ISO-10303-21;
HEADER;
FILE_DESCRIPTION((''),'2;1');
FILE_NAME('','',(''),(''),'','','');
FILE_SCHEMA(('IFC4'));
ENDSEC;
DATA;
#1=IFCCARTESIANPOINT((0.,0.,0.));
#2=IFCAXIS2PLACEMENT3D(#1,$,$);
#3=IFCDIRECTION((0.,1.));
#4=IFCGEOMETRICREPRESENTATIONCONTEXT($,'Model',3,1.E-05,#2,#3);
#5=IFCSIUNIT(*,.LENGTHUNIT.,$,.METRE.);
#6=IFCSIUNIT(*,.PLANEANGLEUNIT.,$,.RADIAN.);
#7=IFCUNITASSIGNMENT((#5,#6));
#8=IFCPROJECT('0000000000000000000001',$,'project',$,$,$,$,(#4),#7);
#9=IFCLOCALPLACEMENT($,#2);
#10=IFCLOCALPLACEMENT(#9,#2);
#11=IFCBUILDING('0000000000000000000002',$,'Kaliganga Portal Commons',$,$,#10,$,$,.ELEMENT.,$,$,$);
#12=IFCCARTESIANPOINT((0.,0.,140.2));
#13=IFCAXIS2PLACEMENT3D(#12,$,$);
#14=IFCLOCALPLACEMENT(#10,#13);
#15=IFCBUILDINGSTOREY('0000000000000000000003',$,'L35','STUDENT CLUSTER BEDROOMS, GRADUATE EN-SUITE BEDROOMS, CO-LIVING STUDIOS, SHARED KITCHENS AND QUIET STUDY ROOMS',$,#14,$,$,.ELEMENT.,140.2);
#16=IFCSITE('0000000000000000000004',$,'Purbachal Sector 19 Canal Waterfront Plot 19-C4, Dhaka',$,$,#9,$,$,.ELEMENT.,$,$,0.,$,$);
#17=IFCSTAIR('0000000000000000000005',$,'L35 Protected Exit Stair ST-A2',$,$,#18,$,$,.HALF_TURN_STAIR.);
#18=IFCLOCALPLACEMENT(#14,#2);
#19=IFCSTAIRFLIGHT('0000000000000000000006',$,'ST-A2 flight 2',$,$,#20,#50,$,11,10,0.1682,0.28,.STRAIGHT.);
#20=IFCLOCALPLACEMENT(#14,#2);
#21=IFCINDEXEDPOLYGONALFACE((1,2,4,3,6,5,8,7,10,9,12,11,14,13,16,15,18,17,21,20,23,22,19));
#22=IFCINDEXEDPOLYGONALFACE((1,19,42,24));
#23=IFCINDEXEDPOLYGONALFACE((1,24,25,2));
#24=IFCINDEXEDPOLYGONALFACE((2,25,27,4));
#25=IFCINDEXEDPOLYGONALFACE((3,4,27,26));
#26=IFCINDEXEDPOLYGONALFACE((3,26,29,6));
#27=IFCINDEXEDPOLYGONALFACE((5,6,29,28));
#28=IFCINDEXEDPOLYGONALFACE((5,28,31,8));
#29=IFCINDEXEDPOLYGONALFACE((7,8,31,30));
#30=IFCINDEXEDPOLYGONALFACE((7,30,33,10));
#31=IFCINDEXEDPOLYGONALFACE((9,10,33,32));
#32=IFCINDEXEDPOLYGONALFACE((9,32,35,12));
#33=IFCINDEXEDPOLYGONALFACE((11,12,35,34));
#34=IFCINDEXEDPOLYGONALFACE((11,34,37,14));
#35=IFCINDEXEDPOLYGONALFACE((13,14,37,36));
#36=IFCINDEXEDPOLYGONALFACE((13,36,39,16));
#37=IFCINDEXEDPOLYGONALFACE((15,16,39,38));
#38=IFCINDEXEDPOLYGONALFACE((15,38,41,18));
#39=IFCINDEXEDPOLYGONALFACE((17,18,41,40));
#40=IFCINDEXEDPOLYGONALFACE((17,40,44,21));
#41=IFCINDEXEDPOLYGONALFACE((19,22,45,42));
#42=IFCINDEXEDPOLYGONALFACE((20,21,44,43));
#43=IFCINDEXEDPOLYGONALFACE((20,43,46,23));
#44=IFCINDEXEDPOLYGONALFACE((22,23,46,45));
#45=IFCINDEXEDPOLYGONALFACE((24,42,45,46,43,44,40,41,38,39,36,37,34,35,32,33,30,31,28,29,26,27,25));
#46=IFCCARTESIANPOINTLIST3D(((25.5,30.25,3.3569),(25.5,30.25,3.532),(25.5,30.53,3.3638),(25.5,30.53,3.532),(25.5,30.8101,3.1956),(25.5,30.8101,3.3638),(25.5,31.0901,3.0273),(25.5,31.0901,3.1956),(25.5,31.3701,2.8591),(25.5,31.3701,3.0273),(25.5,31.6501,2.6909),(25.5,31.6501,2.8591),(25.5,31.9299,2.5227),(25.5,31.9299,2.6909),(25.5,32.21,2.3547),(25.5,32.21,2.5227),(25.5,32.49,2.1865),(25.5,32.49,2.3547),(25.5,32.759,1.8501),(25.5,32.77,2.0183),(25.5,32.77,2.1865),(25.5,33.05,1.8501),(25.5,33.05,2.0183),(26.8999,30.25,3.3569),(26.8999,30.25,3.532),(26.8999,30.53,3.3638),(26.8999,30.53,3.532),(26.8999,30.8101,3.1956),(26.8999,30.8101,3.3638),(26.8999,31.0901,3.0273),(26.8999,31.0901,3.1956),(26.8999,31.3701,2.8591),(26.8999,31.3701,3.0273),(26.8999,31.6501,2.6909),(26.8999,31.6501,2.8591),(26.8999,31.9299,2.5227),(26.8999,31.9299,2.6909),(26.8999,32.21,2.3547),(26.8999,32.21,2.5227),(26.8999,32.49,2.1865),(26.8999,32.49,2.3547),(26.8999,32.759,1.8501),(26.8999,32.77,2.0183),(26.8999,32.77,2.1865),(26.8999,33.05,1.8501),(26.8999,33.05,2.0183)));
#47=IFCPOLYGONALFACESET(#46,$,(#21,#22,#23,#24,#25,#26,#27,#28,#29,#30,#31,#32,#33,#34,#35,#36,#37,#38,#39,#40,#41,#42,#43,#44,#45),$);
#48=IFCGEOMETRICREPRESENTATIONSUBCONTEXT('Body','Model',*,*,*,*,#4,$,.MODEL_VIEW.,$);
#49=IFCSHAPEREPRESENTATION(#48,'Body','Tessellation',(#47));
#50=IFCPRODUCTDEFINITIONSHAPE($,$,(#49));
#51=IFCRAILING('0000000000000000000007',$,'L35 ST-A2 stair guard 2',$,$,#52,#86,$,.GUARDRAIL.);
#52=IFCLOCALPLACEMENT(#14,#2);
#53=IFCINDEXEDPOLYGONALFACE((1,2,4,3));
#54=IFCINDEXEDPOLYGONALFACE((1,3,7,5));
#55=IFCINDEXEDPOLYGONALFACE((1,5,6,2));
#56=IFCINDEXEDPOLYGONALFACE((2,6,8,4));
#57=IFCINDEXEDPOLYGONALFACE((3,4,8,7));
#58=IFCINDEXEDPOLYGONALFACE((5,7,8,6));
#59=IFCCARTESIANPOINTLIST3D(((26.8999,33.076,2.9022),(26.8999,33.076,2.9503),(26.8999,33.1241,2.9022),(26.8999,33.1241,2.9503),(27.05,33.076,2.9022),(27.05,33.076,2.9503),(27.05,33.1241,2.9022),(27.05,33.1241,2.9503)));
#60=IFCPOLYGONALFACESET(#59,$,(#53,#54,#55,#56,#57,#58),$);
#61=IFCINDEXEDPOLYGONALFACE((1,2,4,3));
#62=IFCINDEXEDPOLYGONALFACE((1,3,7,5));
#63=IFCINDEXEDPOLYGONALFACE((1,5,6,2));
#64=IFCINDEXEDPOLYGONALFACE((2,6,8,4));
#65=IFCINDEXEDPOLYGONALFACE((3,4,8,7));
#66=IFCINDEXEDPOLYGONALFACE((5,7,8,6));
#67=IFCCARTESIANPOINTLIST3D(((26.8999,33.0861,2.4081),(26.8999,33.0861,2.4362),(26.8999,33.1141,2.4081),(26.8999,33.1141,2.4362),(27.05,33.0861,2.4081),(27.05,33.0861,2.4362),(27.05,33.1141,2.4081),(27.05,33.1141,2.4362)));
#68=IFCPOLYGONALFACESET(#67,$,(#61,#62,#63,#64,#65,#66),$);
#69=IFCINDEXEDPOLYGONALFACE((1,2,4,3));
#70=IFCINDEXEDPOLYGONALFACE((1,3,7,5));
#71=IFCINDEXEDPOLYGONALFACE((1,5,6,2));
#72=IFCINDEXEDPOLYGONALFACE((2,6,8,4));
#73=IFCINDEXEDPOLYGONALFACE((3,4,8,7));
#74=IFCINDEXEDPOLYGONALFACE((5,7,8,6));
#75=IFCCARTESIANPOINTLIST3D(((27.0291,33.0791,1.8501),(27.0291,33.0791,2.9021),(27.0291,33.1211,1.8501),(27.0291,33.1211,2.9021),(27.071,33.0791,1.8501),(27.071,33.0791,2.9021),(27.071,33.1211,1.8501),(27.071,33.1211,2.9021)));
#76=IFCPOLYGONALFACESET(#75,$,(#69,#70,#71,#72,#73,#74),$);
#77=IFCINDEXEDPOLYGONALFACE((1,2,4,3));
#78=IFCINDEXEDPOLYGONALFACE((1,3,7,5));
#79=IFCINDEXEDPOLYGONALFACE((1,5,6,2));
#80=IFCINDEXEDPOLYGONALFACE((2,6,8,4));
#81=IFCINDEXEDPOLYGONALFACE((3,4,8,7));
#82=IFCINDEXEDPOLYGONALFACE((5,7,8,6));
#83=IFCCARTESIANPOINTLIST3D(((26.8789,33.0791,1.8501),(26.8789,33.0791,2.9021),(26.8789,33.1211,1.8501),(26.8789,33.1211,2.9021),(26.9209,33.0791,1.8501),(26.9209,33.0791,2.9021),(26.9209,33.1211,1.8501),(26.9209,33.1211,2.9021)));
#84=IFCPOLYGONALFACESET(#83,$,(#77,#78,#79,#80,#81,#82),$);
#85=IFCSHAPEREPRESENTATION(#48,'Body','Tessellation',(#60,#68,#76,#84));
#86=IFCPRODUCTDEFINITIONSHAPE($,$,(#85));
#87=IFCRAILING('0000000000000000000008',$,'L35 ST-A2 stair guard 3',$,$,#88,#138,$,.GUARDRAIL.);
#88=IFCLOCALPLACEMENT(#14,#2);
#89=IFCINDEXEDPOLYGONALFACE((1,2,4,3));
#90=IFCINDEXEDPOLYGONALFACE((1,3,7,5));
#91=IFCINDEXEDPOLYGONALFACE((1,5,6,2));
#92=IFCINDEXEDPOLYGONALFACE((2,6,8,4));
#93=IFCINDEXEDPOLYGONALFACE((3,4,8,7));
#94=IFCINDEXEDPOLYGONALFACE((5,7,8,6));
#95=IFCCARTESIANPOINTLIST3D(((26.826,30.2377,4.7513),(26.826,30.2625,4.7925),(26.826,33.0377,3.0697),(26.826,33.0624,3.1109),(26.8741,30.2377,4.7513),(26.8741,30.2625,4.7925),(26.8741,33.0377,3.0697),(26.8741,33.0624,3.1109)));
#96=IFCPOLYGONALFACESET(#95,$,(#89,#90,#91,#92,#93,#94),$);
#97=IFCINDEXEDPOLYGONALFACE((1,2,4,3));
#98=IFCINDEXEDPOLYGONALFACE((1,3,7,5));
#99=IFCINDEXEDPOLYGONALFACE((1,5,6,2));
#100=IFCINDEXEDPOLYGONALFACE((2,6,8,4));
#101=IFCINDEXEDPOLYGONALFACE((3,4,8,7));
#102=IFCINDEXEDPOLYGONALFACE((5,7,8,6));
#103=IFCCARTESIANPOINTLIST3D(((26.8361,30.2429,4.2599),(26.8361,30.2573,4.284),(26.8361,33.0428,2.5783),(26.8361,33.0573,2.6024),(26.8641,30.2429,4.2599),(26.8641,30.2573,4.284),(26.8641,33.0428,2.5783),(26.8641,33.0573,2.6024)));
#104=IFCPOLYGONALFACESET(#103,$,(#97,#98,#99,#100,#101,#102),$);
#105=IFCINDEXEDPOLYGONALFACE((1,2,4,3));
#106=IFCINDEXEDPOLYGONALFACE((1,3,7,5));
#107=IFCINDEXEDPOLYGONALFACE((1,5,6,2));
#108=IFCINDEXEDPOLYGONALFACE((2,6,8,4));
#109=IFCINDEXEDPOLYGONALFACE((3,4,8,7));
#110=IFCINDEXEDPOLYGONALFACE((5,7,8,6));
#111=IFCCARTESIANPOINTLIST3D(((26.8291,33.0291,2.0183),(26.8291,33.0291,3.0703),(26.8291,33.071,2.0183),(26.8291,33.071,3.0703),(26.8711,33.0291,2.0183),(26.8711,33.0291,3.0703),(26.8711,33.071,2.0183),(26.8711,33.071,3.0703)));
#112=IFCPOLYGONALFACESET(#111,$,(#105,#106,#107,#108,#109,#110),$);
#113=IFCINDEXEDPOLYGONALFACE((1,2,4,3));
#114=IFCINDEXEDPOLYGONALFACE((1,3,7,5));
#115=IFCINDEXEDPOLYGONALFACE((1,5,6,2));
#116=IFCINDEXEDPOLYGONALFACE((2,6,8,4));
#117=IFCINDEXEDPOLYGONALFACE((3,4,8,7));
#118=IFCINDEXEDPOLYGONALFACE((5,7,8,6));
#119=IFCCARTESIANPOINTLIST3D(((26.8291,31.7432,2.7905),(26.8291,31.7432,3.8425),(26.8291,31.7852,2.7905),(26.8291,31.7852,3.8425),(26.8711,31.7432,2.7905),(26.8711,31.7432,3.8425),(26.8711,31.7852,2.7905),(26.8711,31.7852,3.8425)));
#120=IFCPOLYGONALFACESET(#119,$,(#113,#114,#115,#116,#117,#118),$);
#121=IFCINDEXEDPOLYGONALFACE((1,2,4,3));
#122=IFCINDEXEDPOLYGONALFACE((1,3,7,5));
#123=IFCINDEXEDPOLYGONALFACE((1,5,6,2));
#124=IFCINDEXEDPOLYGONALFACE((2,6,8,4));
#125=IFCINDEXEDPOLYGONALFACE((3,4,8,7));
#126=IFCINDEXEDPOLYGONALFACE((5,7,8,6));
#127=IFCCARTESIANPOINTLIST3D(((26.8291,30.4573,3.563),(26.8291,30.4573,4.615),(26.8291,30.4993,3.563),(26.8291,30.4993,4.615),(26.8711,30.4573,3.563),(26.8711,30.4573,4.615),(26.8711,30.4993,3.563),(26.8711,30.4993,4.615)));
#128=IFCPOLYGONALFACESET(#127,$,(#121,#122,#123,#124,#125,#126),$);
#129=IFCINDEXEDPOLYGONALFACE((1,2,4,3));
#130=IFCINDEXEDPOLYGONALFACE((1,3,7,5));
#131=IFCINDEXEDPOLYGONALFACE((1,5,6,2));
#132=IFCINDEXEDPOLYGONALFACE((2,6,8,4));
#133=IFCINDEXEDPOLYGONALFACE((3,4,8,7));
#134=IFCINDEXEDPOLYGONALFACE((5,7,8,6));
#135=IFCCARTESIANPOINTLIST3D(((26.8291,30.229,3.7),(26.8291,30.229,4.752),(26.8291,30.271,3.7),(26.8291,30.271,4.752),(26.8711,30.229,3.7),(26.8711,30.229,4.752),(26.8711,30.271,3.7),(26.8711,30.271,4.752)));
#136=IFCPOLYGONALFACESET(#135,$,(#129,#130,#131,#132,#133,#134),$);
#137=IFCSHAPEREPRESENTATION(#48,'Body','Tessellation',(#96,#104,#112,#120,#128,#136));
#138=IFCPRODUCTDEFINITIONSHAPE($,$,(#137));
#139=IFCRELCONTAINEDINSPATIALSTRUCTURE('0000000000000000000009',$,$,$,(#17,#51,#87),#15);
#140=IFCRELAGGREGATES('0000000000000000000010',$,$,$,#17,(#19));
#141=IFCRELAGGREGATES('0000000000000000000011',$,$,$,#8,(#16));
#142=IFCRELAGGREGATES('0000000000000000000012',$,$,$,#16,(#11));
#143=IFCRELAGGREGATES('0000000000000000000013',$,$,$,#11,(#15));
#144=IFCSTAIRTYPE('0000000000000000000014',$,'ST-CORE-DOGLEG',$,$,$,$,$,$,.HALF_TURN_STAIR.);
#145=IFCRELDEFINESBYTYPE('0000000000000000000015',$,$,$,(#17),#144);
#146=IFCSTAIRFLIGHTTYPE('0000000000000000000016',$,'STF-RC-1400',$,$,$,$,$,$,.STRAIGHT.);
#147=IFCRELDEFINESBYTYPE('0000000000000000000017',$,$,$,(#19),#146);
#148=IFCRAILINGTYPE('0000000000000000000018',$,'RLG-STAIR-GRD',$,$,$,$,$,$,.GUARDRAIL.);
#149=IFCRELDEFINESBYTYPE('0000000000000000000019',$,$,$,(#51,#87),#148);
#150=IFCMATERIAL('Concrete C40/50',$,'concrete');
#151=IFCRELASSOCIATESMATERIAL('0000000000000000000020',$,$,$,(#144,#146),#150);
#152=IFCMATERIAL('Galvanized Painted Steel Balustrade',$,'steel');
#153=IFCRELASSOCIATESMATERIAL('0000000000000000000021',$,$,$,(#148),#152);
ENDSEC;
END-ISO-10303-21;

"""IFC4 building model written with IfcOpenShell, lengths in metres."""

from ifc_helpers import new_model, si_unit, direction, frame, origin, origin_2d, place, context, subcontext, project, spatial, polyline, rectangle, outline, extrude, material, type_object, element, aggregate, save


model = new_model("IFC4")

# Units and contexts
model_context = context("Model", 3, precision=1e-05, world=origin(), true_north=direction((0.0, 1.0)))
body_context = subcontext(model_context, "Body", "Model", "MODEL_VIEW")
ifc_project = project(units=[si_unit("LENGTHUNIT", "METRE"), si_unit("PLANEANGLEUNIT", "RADIAN")], contexts=[model_context])

# Site, building, storey
site_placement = place(None, origin())
site = spatial("IfcSite", under=ifc_project, at=site_placement, Name="Purbachal Sector 19 Canal Waterfront Plot 19-C4, Dhaka", CompositionType="ELEMENT", RefElevation=0.0)
building_placement = place(site_placement, origin())
building = spatial("IfcBuilding", under=site, at=building_placement, Name="Kaliganga Portal Commons", CompositionType="ELEMENT")
storey_placement = place(building_placement, frame((0.0, 0.0, 140.2)))
storey = spatial("IfcBuildingStorey", under=building, at=storey_placement, Name="L35", Description="STUDENT CLUSTER BEDROOMS, GRADUATE EN-SUITE BEDROOMS, CO-LIVING STUDIOS, SHARED KITCHENS AND QUIET STUDY ROOMS", CompositionType="ELEMENT", Elevation=140.2)

# Stair, stair flight
ifc_material_1 = material(Name="Concrete C40/50", Category="concrete")
stair_type = type_object("IfcStairType", Name="ST-CORE-DOGLEG", PredefinedType="HALF_TURN_STAIR", material=ifc_material_1)
stair_placement = place(storey_placement, origin())
stair = element("IfcStair", 1, at=stair_placement, inside=storey, type_object=stair_type, Name="L35 Protected Exit Stair ST-A2", PredefinedType="HALF_TURN_STAIR")
stair_flight_type = type_object("IfcStairFlightType", Name="STF-RC-1400", PredefinedType="STRAIGHT", material=ifc_material_1)
stair_flight_placement = place(storey_placement, frame((26.2, 33.05, 1.8501), z_axis=(0.0, 0.0, 1.0), x_axis=(0.0, -1.0, 0.0)))
stair_flight = element("IfcStairFlight", 2, at=stair_flight_placement, type_object=stair_flight_type, Name="ST-A2 flight 2", NumberOfRisers=11, NumberOfTreads=10, PredefinedType="STRAIGHT", RiserHeight=0.1682, TreadLength=0.28, context=body_context, shape_type="SweptSolid", body=[
    extrude(outline(polyline([(0.0, 0.0), (0.0, 0.1682), (0.28, 0.1682), (0.28, 0.3364), (0.5601, 0.3364), (0.5601, 0.5046), (0.8401, 0.5046), (0.8401, 0.6726), (1.1201, 0.6726), (1.1201, 0.8408), (1.3999, 0.8408), (1.3999, 1.009), (1.6799, 1.009), (1.6799, 1.1772), (1.96, 1.1772), (1.96, 1.3455), (2.24, 1.3455), (2.24, 1.5137), (2.52, 1.5137), (2.52, 1.6819), (2.8, 1.6819), (2.8, 1.8501), (2.8, 1.5068), (0.291, 0.0), (0.0, 0.0)])), frame((0.0, 0.7, 0.0), z_axis=(0.0, -1.0, 0.0), x_axis=(1.0, 0.0, 0.0)), (0.0, 0.0, 1.0), 1.3999),
])
aggregate(stair, [stair_flight])

# Railings
ifc_material_2 = material(Name="Galvanized Painted Steel Balustrade", Category="steel")
railing_type = type_object("IfcRailingType", Name="RLG-STAIR-GRD", PredefinedType="GUARDRAIL", material=ifc_material_2)
railing_1_placement = place(storey_placement, frame((27.05, 33.1001, 1.8501)))
element("IfcRailing", 3, at=railing_1_placement, inside=storey, type_object=railing_type, Name="L35 ST-A2 stair guard 2", PredefinedType="GUARDRAIL", context=body_context, shape_type="SweptSolid", body=[
    extrude(rectangle(XDim=0.0481, YDim=0.0481, at=origin_2d()), frame((0.0, 0.0, 1.0762), z_axis=(-1.0, 0.0, 0.0), x_axis=(0.0, -1.0, 0.0)), (0.0, 0.0, 1.0), 0.1501),
    extrude(rectangle(XDim=0.0281, YDim=0.0281, at=origin_2d()), frame((0.0, 0.0, 0.572), z_axis=(-1.0, 0.0, 0.0), x_axis=(0.0, -1.0, 0.0)), (0.0, 0.0, 1.0), 0.1501),
    extrude(rectangle(XDim=0.042, YDim=0.042, at=origin_2d()), origin(), (0.0, 0.0, 1.0), 1.052),
    extrude(rectangle(XDim=0.042, YDim=0.042, at=origin_2d()), frame((-0.1501, 0.0, 0.0)), (0.0, 0.0, 1.0), 1.052),
])
railing_2_placement = place(storey_placement, frame((26.8501, 33.05, 2.0183)))
element("IfcRailing", 4, at=railing_2_placement, inside=storey, type_object=railing_type, Name="L35 ST-A2 stair guard 3", PredefinedType="GUARDRAIL", context=body_context, shape_type="SweptSolid", body=[
    extrude(rectangle(XDim=0.0481, YDim=0.0481, at=origin_2d()), frame((0.0, 0.0, 1.072), z_axis=(0.0, -0.857275, 0.514858), x_axis=(1.0, 0.0, 0.0)), (0.0, 0.0, 1.0), 3.2661),
    extrude(rectangle(XDim=0.0281, YDim=0.0281, at=origin_2d()), frame((0.0, 0.0, 0.572), z_axis=(0.0, -0.857275, 0.514858), x_axis=(1.0, 0.0, 0.0)), (0.0, 0.0, 1.0), 3.2661),
    extrude(rectangle(XDim=0.042, YDim=0.042, at=origin_2d()), origin(), (0.0, 0.0, 1.0), 1.052),
    extrude(rectangle(XDim=0.042, YDim=0.042, at=origin_2d()), frame((0.0, -1.2859, 0.7722)), (0.0, 0.0, 1.0), 1.052),
    extrude(rectangle(XDim=0.042, YDim=0.042, at=origin_2d()), frame((0.0, -2.5718, 1.5447)), (0.0, 0.0, 1.0), 1.052),
    extrude(rectangle(XDim=0.042, YDim=0.042, at=origin_2d()), frame((0.0, -2.8, 1.6816)), (0.0, 0.0, 1.0), 1.052),
])

save(model, "model.ifc")
